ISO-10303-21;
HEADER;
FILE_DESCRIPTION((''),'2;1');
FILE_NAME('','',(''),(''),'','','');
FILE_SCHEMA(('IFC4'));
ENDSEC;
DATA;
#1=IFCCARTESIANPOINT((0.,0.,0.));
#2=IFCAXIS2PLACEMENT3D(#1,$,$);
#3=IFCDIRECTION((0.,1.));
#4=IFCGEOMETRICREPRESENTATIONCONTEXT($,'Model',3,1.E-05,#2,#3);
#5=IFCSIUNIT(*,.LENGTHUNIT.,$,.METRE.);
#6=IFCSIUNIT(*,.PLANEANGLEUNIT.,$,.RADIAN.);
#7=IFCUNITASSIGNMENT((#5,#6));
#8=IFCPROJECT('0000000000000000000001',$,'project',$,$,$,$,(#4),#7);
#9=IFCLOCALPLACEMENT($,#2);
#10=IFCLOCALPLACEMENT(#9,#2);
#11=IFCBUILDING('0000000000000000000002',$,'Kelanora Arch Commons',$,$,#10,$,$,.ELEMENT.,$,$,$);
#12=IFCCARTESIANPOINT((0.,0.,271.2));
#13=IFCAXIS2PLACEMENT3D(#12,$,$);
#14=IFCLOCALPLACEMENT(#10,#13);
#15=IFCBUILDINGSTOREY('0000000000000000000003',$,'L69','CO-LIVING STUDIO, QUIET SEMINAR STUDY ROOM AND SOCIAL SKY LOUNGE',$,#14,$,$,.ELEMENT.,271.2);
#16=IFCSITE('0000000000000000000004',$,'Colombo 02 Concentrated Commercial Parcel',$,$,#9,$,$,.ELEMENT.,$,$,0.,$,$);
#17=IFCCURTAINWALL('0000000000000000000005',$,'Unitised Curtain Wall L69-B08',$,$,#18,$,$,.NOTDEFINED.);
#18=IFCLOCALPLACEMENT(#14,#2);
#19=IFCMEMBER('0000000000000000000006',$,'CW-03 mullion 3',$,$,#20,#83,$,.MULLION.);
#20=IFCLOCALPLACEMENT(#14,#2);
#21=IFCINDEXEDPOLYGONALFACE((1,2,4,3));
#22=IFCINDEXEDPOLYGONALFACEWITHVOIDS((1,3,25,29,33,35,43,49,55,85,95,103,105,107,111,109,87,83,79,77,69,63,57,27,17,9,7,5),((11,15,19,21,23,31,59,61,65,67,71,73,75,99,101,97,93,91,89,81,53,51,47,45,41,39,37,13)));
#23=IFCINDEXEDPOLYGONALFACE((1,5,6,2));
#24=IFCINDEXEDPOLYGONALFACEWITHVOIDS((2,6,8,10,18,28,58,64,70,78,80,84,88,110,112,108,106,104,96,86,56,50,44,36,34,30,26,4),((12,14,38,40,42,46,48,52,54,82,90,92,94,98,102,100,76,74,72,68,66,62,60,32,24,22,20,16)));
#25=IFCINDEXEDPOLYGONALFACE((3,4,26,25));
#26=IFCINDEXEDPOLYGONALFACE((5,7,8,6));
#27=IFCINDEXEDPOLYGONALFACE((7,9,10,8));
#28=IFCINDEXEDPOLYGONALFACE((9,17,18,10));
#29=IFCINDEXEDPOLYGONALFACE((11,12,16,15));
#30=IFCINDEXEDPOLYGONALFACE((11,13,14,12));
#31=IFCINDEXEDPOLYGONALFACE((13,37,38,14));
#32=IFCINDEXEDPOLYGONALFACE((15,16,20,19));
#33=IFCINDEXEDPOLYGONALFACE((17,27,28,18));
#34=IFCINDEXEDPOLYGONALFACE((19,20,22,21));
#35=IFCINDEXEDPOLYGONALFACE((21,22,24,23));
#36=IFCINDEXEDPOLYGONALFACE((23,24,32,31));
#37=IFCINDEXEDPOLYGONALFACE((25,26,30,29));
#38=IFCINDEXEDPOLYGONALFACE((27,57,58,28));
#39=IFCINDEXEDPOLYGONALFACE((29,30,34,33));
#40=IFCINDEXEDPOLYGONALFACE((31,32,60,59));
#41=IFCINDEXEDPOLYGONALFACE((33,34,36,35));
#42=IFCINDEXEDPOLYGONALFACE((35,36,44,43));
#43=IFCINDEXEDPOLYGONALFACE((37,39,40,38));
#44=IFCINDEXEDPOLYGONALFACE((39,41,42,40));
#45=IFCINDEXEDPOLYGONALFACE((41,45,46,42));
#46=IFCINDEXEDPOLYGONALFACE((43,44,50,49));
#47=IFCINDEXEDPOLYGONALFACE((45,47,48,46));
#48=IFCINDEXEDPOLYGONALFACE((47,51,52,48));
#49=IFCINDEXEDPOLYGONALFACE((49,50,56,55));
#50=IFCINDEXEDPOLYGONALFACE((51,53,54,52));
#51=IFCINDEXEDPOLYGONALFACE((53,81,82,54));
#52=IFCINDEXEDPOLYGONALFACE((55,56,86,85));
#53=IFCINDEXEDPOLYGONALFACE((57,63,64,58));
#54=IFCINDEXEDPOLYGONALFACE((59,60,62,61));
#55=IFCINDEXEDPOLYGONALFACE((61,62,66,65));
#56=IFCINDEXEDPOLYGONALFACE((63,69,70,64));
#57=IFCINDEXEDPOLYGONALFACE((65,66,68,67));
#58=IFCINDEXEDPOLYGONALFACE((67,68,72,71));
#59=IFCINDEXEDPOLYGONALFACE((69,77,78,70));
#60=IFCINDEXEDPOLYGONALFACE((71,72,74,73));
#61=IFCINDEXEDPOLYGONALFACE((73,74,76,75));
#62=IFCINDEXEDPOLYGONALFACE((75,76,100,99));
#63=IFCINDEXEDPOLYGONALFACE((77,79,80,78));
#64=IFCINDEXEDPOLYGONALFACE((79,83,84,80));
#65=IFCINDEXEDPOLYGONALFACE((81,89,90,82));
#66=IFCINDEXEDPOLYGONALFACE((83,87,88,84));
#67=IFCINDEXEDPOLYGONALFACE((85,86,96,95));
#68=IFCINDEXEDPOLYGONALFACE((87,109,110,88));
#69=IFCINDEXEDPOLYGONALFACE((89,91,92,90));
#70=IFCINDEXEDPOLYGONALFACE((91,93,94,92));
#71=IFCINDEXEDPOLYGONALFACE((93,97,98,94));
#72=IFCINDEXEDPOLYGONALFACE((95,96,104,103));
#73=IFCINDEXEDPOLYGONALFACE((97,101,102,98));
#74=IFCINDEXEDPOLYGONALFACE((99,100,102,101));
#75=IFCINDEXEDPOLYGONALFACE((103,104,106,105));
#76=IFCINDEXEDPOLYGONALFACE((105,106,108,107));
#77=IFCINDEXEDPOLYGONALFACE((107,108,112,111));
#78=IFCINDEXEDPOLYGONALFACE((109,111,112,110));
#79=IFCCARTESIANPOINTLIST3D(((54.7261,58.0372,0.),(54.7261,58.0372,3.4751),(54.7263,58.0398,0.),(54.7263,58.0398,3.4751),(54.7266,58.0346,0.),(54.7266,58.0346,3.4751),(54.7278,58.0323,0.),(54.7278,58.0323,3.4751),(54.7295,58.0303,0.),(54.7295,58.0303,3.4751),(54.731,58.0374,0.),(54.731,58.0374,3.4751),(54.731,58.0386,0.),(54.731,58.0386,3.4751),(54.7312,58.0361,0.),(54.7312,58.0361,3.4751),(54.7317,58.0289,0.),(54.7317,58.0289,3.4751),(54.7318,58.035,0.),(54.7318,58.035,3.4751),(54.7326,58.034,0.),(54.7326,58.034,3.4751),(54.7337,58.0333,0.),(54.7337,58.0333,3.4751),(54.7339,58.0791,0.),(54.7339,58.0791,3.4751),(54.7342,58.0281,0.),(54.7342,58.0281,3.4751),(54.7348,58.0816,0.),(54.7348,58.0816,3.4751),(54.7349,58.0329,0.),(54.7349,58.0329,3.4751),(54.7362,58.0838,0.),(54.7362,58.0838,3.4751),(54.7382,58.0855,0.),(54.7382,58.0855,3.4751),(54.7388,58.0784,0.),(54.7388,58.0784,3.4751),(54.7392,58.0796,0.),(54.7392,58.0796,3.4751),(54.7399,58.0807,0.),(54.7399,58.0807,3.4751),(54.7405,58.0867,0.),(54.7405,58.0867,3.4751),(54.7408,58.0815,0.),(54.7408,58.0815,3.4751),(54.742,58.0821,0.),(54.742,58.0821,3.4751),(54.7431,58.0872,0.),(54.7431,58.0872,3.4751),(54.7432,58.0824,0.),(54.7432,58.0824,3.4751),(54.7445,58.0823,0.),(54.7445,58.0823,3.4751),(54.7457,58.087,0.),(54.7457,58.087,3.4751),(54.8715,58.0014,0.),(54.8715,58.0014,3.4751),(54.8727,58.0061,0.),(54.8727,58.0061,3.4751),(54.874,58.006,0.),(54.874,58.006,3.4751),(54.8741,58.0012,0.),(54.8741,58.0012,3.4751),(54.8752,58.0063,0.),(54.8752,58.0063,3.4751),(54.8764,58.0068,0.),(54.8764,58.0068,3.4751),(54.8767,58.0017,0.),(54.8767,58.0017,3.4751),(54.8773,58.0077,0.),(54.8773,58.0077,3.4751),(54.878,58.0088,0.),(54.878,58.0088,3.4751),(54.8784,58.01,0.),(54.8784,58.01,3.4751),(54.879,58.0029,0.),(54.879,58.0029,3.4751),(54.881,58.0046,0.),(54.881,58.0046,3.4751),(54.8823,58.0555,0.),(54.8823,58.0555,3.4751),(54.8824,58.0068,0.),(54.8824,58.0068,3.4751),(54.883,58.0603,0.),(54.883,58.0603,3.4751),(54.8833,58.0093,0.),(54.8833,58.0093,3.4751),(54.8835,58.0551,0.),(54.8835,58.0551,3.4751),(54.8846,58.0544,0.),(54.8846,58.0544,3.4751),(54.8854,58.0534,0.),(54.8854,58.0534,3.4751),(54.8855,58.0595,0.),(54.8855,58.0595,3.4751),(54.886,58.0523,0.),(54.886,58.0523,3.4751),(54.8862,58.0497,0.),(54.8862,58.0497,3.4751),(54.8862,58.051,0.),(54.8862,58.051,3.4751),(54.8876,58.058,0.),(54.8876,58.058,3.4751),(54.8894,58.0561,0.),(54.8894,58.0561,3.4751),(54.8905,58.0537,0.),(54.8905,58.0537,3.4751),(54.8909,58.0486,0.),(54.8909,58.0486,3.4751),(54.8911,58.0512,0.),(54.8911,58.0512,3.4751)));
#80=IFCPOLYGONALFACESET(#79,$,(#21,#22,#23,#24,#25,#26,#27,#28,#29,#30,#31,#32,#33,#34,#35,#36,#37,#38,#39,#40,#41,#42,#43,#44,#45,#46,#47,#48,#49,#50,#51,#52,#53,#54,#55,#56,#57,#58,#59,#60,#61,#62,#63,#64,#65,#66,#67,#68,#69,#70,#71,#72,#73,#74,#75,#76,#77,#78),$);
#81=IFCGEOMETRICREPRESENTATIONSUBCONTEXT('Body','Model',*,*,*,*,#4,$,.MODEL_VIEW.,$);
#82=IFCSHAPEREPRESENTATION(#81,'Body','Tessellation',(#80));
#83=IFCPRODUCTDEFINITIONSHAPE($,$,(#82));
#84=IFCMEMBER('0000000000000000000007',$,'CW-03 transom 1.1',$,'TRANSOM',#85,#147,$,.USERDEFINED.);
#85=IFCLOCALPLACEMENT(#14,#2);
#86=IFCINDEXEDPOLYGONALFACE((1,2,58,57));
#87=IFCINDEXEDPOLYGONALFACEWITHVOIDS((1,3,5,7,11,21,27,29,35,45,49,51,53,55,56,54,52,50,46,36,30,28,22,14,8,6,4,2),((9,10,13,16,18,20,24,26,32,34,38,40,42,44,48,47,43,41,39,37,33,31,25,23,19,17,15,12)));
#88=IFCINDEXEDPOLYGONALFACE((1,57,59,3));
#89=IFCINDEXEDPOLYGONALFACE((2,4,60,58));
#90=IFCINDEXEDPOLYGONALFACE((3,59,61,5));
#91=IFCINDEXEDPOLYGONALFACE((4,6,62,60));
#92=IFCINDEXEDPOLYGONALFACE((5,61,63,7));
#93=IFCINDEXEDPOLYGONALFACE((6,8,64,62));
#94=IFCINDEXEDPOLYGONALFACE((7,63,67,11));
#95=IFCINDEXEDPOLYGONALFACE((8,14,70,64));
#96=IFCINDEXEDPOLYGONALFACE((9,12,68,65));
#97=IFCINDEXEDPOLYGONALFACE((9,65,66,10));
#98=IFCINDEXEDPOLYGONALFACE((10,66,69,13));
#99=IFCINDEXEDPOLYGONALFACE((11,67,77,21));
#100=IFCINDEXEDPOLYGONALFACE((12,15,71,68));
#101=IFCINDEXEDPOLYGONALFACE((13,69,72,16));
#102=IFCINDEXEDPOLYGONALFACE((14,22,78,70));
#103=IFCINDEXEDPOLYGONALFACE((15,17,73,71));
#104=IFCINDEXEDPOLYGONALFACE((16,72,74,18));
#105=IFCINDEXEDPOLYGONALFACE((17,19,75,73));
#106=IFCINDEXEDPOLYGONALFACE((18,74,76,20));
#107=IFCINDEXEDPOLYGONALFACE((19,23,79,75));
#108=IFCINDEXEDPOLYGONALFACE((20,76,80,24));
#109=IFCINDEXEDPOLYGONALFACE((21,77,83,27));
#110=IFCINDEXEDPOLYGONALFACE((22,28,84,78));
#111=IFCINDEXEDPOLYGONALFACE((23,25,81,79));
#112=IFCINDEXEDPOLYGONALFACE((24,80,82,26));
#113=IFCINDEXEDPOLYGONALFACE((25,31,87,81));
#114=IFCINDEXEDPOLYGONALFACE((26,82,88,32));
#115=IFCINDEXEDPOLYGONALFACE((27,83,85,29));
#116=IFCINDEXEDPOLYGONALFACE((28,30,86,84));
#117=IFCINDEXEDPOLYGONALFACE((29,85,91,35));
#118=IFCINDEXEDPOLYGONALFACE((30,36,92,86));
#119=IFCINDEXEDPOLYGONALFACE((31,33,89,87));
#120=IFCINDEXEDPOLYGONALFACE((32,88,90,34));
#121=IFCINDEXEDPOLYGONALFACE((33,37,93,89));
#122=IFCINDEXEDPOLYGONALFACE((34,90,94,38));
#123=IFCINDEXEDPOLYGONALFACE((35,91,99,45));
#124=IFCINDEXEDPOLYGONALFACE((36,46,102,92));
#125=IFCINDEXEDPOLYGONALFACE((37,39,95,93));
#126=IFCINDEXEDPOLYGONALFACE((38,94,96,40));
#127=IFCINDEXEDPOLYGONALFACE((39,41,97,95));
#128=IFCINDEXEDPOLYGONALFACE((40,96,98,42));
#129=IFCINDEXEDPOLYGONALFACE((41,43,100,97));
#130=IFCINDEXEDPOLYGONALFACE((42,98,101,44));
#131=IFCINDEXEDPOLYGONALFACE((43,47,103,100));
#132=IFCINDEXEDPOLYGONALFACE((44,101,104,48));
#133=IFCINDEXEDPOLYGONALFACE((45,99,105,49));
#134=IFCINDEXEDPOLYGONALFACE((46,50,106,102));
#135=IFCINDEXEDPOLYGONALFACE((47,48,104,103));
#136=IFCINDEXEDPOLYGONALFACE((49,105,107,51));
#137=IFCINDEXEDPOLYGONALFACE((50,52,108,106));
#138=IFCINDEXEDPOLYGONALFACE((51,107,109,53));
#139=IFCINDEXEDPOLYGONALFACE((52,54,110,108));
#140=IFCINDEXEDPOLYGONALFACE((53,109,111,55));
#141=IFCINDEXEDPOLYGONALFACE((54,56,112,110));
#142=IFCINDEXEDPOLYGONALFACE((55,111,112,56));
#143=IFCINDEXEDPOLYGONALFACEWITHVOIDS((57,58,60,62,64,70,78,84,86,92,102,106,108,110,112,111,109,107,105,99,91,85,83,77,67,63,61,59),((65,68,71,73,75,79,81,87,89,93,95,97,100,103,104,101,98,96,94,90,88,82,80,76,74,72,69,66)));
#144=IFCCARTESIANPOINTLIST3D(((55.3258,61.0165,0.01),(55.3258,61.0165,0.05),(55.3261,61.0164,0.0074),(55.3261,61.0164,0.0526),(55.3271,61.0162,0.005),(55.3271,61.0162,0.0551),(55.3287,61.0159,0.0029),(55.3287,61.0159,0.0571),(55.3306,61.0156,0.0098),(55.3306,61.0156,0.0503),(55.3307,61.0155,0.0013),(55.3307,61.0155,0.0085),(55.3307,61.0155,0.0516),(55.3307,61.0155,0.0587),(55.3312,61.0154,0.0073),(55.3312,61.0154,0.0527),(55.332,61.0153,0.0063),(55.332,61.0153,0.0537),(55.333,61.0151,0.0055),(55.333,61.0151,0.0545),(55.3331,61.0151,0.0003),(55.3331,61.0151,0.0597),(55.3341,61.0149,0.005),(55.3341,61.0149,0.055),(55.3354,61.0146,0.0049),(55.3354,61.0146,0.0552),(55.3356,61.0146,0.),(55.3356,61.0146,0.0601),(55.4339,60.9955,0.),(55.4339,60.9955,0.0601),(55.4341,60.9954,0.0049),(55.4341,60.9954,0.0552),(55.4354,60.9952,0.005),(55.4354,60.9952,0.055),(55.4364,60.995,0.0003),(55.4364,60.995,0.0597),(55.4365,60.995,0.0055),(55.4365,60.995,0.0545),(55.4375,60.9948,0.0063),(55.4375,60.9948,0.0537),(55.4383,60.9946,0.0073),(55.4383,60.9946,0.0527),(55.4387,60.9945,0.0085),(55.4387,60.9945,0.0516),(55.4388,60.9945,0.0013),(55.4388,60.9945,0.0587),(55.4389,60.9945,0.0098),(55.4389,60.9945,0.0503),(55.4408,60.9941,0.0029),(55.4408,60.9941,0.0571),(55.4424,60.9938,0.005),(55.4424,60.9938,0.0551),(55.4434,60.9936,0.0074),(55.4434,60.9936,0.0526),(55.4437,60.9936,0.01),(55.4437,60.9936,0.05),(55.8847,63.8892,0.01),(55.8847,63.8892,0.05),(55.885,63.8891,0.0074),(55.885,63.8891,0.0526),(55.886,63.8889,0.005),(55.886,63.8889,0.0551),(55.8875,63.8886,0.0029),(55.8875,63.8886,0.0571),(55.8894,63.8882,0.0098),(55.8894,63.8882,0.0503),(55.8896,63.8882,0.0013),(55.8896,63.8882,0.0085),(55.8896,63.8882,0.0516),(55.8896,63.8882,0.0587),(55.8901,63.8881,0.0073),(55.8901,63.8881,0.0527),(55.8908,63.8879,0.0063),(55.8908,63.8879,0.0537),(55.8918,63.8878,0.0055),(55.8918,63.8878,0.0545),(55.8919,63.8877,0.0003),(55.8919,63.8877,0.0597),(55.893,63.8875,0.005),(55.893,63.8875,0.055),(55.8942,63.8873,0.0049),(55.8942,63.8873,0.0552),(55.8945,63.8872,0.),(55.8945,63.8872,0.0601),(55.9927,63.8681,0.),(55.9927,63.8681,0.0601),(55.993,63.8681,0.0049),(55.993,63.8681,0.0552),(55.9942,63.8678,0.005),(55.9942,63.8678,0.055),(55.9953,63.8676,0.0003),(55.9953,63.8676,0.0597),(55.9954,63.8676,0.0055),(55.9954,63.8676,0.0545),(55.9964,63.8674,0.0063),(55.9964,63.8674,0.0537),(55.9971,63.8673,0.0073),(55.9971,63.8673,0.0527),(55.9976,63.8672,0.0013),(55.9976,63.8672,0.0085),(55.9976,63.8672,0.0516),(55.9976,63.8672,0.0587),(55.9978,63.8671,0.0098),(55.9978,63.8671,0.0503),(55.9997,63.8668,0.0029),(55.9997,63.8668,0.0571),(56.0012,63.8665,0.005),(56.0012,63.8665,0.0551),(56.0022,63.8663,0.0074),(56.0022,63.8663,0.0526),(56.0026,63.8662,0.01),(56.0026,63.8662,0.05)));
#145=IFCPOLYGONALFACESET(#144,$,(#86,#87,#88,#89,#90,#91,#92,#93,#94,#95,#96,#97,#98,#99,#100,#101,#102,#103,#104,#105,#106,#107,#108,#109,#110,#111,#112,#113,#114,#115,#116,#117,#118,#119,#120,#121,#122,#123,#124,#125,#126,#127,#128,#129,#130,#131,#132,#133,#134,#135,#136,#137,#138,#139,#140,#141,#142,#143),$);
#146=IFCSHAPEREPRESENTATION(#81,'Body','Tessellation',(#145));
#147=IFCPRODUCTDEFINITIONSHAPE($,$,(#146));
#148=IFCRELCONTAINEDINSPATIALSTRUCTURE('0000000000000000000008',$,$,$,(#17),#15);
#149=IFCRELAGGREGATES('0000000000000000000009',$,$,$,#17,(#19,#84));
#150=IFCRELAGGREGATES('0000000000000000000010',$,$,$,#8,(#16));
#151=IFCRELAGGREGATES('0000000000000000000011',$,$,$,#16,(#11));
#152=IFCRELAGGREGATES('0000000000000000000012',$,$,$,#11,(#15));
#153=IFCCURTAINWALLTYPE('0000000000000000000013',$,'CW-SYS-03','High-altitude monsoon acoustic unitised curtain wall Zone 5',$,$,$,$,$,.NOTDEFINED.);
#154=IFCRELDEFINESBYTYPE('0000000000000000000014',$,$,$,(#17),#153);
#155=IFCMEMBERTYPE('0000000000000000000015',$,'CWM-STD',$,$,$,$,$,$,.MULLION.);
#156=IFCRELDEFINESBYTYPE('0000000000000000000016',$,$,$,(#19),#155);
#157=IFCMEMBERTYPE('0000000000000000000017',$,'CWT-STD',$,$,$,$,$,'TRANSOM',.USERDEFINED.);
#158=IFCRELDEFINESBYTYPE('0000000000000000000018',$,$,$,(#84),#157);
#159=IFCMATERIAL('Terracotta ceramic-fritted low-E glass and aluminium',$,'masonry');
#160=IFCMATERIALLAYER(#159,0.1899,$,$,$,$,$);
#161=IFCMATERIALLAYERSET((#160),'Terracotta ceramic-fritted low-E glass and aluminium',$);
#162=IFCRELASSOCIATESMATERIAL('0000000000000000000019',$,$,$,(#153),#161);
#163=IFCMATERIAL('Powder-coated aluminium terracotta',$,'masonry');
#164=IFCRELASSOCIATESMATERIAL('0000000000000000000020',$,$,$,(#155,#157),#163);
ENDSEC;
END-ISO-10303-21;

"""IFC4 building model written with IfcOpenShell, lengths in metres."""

from ifc_helpers import new_model, si_unit, direction, frame, origin, origin_2d, place, context, subcontext, project, spatial, hollow_rectangle, extrude, material, layer, layer_set, material_profile, profile_set, type_object, element, aggregate, save


model = new_model("IFC4")

# Units and contexts
model_context = context("Model", 3, precision=1e-05, world=origin(), true_north=direction((0.0, 1.0)))
body_context = subcontext(model_context, "Body", "Model", "MODEL_VIEW")
ifc_project = project(units=[si_unit("LENGTHUNIT", "METRE"), si_unit("PLANEANGLEUNIT", "RADIAN")], contexts=[model_context])

# Site, building, storey
site_placement = place(None, origin())
site = spatial("IfcSite", under=ifc_project, at=site_placement, Name="Colombo 02 Concentrated Commercial Parcel", CompositionType="ELEMENT", RefElevation=0.0)
building_placement = place(site_placement, origin())
building = spatial("IfcBuilding", under=site, at=building_placement, Name="Kelanora Arch Commons", CompositionType="ELEMENT")
storey_placement = place(building_placement, frame((0.0, 0.0, 271.2)))
storey = spatial("IfcBuildingStorey", under=building, at=storey_placement, Name="L69", Description="CO-LIVING STUDIO, QUIET SEMINAR STUDY ROOM AND SOCIAL SKY LOUNGE", CompositionType="ELEMENT", Elevation=271.2)

# Curtain wall, members
ifc_material_1 = material(Name="Terracotta ceramic-fritted low-E glass and aluminium", Category="masonry")
ifc_layer_1 = layer(ifc_material_1, 0.1899)
ifc_layer_set_1 = layer_set([ifc_layer_1], Name="Terracotta ceramic-fritted low-E glass and aluminium")
curtain_wall_type = type_object("IfcCurtainWallType", Name="CW-SYS-03", Description="High-altitude monsoon acoustic unitised curtain wall Zone 5", PredefinedType="NOTDEFINED", material=ifc_layer_set_1)
curtain_wall_placement = place(storey_placement, origin())
curtain_wall = element("IfcCurtainWall", 1, at=curtain_wall_placement, inside=storey, type_object=curtain_wall_type, Name="Unitised Curtain Wall L69-B08", PredefinedType="NOTDEFINED")
ifc_material_2 = material(Name="Powder-coated aluminium terracotta", Category="masonry")
ifc_material_profile_1 = material_profile(ifc_material_2, hollow_rectangle(XDim=0.1599, YDim=0.0601, WallThickness=0.0049, InnerFilletRadius=0.0049, OuterFilletRadius=0.01, at=origin_2d()), Name="CWM160x60")
ifc_profile_set_1 = profile_set([ifc_material_profile_1], Name="Powder-coated aluminium terracotta")
member_type_1 = type_object("IfcMemberType", Name="CWM-STD", PredefinedType="MULLION", material=ifc_profile_set_1)
member_1_placement = place(storey_placement, frame((54.8086, 58.0442, 0.0), z_axis=(0.0, 0.0, 1.0), x_axis=(0.981596, -0.190972, 0.0)))
member_1 = element("IfcMember", 2, at=member_1_placement, type_object=member_type_1, Name="CW-03 mullion 3", PredefinedType="MULLION", context=body_context, shape_type="SweptSolid", body=[
    extrude(hollow_rectangle(XDim=0.1599, YDim=0.0601, WallThickness=0.0049, InnerFilletRadius=0.0049, OuterFilletRadius=0.01, at=origin_2d()), origin(), (0.0, 0.0, 1.0), 3.4751),
])
ifc_material_profile_2 = material_profile(ifc_material_2, hollow_rectangle(XDim=0.1201, YDim=0.0601, WallThickness=0.0049, InnerFilletRadius=0.0049, OuterFilletRadius=0.01, at=origin_2d()), Name="CWT120x60")
ifc_profile_set_2 = profile_set([ifc_material_profile_2], Name="Powder-coated aluminium terracotta")
member_type_2 = type_object("IfcMemberType", Name="CWT-STD", ElementType="TRANSOM", PredefinedType="USERDEFINED", material=ifc_profile_set_2)
member_2_placement = place(storey_placement, frame((55.9436, 63.8777, 0.03), z_axis=(-0.190963, -0.981597, 0.0), x_axis=(0.981597, -0.190963, 0.0)))
member_2 = element("IfcMember", 3, at=member_2_placement, type_object=member_type_2, Name="CW-03 transom 1.1", ObjectType="TRANSOM", PredefinedType="USERDEFINED", context=body_context, shape_type="SweptSolid", body=[
    extrude(hollow_rectangle(XDim=0.1201, YDim=0.0601, WallThickness=0.0049, InnerFilletRadius=0.0049, OuterFilletRadius=0.01, at=origin_2d()), origin(), (0.0, 0.0, 1.0), 2.9265),
])
aggregate(curtain_wall, [member_1, member_2])

save(model, "model.ifc")
